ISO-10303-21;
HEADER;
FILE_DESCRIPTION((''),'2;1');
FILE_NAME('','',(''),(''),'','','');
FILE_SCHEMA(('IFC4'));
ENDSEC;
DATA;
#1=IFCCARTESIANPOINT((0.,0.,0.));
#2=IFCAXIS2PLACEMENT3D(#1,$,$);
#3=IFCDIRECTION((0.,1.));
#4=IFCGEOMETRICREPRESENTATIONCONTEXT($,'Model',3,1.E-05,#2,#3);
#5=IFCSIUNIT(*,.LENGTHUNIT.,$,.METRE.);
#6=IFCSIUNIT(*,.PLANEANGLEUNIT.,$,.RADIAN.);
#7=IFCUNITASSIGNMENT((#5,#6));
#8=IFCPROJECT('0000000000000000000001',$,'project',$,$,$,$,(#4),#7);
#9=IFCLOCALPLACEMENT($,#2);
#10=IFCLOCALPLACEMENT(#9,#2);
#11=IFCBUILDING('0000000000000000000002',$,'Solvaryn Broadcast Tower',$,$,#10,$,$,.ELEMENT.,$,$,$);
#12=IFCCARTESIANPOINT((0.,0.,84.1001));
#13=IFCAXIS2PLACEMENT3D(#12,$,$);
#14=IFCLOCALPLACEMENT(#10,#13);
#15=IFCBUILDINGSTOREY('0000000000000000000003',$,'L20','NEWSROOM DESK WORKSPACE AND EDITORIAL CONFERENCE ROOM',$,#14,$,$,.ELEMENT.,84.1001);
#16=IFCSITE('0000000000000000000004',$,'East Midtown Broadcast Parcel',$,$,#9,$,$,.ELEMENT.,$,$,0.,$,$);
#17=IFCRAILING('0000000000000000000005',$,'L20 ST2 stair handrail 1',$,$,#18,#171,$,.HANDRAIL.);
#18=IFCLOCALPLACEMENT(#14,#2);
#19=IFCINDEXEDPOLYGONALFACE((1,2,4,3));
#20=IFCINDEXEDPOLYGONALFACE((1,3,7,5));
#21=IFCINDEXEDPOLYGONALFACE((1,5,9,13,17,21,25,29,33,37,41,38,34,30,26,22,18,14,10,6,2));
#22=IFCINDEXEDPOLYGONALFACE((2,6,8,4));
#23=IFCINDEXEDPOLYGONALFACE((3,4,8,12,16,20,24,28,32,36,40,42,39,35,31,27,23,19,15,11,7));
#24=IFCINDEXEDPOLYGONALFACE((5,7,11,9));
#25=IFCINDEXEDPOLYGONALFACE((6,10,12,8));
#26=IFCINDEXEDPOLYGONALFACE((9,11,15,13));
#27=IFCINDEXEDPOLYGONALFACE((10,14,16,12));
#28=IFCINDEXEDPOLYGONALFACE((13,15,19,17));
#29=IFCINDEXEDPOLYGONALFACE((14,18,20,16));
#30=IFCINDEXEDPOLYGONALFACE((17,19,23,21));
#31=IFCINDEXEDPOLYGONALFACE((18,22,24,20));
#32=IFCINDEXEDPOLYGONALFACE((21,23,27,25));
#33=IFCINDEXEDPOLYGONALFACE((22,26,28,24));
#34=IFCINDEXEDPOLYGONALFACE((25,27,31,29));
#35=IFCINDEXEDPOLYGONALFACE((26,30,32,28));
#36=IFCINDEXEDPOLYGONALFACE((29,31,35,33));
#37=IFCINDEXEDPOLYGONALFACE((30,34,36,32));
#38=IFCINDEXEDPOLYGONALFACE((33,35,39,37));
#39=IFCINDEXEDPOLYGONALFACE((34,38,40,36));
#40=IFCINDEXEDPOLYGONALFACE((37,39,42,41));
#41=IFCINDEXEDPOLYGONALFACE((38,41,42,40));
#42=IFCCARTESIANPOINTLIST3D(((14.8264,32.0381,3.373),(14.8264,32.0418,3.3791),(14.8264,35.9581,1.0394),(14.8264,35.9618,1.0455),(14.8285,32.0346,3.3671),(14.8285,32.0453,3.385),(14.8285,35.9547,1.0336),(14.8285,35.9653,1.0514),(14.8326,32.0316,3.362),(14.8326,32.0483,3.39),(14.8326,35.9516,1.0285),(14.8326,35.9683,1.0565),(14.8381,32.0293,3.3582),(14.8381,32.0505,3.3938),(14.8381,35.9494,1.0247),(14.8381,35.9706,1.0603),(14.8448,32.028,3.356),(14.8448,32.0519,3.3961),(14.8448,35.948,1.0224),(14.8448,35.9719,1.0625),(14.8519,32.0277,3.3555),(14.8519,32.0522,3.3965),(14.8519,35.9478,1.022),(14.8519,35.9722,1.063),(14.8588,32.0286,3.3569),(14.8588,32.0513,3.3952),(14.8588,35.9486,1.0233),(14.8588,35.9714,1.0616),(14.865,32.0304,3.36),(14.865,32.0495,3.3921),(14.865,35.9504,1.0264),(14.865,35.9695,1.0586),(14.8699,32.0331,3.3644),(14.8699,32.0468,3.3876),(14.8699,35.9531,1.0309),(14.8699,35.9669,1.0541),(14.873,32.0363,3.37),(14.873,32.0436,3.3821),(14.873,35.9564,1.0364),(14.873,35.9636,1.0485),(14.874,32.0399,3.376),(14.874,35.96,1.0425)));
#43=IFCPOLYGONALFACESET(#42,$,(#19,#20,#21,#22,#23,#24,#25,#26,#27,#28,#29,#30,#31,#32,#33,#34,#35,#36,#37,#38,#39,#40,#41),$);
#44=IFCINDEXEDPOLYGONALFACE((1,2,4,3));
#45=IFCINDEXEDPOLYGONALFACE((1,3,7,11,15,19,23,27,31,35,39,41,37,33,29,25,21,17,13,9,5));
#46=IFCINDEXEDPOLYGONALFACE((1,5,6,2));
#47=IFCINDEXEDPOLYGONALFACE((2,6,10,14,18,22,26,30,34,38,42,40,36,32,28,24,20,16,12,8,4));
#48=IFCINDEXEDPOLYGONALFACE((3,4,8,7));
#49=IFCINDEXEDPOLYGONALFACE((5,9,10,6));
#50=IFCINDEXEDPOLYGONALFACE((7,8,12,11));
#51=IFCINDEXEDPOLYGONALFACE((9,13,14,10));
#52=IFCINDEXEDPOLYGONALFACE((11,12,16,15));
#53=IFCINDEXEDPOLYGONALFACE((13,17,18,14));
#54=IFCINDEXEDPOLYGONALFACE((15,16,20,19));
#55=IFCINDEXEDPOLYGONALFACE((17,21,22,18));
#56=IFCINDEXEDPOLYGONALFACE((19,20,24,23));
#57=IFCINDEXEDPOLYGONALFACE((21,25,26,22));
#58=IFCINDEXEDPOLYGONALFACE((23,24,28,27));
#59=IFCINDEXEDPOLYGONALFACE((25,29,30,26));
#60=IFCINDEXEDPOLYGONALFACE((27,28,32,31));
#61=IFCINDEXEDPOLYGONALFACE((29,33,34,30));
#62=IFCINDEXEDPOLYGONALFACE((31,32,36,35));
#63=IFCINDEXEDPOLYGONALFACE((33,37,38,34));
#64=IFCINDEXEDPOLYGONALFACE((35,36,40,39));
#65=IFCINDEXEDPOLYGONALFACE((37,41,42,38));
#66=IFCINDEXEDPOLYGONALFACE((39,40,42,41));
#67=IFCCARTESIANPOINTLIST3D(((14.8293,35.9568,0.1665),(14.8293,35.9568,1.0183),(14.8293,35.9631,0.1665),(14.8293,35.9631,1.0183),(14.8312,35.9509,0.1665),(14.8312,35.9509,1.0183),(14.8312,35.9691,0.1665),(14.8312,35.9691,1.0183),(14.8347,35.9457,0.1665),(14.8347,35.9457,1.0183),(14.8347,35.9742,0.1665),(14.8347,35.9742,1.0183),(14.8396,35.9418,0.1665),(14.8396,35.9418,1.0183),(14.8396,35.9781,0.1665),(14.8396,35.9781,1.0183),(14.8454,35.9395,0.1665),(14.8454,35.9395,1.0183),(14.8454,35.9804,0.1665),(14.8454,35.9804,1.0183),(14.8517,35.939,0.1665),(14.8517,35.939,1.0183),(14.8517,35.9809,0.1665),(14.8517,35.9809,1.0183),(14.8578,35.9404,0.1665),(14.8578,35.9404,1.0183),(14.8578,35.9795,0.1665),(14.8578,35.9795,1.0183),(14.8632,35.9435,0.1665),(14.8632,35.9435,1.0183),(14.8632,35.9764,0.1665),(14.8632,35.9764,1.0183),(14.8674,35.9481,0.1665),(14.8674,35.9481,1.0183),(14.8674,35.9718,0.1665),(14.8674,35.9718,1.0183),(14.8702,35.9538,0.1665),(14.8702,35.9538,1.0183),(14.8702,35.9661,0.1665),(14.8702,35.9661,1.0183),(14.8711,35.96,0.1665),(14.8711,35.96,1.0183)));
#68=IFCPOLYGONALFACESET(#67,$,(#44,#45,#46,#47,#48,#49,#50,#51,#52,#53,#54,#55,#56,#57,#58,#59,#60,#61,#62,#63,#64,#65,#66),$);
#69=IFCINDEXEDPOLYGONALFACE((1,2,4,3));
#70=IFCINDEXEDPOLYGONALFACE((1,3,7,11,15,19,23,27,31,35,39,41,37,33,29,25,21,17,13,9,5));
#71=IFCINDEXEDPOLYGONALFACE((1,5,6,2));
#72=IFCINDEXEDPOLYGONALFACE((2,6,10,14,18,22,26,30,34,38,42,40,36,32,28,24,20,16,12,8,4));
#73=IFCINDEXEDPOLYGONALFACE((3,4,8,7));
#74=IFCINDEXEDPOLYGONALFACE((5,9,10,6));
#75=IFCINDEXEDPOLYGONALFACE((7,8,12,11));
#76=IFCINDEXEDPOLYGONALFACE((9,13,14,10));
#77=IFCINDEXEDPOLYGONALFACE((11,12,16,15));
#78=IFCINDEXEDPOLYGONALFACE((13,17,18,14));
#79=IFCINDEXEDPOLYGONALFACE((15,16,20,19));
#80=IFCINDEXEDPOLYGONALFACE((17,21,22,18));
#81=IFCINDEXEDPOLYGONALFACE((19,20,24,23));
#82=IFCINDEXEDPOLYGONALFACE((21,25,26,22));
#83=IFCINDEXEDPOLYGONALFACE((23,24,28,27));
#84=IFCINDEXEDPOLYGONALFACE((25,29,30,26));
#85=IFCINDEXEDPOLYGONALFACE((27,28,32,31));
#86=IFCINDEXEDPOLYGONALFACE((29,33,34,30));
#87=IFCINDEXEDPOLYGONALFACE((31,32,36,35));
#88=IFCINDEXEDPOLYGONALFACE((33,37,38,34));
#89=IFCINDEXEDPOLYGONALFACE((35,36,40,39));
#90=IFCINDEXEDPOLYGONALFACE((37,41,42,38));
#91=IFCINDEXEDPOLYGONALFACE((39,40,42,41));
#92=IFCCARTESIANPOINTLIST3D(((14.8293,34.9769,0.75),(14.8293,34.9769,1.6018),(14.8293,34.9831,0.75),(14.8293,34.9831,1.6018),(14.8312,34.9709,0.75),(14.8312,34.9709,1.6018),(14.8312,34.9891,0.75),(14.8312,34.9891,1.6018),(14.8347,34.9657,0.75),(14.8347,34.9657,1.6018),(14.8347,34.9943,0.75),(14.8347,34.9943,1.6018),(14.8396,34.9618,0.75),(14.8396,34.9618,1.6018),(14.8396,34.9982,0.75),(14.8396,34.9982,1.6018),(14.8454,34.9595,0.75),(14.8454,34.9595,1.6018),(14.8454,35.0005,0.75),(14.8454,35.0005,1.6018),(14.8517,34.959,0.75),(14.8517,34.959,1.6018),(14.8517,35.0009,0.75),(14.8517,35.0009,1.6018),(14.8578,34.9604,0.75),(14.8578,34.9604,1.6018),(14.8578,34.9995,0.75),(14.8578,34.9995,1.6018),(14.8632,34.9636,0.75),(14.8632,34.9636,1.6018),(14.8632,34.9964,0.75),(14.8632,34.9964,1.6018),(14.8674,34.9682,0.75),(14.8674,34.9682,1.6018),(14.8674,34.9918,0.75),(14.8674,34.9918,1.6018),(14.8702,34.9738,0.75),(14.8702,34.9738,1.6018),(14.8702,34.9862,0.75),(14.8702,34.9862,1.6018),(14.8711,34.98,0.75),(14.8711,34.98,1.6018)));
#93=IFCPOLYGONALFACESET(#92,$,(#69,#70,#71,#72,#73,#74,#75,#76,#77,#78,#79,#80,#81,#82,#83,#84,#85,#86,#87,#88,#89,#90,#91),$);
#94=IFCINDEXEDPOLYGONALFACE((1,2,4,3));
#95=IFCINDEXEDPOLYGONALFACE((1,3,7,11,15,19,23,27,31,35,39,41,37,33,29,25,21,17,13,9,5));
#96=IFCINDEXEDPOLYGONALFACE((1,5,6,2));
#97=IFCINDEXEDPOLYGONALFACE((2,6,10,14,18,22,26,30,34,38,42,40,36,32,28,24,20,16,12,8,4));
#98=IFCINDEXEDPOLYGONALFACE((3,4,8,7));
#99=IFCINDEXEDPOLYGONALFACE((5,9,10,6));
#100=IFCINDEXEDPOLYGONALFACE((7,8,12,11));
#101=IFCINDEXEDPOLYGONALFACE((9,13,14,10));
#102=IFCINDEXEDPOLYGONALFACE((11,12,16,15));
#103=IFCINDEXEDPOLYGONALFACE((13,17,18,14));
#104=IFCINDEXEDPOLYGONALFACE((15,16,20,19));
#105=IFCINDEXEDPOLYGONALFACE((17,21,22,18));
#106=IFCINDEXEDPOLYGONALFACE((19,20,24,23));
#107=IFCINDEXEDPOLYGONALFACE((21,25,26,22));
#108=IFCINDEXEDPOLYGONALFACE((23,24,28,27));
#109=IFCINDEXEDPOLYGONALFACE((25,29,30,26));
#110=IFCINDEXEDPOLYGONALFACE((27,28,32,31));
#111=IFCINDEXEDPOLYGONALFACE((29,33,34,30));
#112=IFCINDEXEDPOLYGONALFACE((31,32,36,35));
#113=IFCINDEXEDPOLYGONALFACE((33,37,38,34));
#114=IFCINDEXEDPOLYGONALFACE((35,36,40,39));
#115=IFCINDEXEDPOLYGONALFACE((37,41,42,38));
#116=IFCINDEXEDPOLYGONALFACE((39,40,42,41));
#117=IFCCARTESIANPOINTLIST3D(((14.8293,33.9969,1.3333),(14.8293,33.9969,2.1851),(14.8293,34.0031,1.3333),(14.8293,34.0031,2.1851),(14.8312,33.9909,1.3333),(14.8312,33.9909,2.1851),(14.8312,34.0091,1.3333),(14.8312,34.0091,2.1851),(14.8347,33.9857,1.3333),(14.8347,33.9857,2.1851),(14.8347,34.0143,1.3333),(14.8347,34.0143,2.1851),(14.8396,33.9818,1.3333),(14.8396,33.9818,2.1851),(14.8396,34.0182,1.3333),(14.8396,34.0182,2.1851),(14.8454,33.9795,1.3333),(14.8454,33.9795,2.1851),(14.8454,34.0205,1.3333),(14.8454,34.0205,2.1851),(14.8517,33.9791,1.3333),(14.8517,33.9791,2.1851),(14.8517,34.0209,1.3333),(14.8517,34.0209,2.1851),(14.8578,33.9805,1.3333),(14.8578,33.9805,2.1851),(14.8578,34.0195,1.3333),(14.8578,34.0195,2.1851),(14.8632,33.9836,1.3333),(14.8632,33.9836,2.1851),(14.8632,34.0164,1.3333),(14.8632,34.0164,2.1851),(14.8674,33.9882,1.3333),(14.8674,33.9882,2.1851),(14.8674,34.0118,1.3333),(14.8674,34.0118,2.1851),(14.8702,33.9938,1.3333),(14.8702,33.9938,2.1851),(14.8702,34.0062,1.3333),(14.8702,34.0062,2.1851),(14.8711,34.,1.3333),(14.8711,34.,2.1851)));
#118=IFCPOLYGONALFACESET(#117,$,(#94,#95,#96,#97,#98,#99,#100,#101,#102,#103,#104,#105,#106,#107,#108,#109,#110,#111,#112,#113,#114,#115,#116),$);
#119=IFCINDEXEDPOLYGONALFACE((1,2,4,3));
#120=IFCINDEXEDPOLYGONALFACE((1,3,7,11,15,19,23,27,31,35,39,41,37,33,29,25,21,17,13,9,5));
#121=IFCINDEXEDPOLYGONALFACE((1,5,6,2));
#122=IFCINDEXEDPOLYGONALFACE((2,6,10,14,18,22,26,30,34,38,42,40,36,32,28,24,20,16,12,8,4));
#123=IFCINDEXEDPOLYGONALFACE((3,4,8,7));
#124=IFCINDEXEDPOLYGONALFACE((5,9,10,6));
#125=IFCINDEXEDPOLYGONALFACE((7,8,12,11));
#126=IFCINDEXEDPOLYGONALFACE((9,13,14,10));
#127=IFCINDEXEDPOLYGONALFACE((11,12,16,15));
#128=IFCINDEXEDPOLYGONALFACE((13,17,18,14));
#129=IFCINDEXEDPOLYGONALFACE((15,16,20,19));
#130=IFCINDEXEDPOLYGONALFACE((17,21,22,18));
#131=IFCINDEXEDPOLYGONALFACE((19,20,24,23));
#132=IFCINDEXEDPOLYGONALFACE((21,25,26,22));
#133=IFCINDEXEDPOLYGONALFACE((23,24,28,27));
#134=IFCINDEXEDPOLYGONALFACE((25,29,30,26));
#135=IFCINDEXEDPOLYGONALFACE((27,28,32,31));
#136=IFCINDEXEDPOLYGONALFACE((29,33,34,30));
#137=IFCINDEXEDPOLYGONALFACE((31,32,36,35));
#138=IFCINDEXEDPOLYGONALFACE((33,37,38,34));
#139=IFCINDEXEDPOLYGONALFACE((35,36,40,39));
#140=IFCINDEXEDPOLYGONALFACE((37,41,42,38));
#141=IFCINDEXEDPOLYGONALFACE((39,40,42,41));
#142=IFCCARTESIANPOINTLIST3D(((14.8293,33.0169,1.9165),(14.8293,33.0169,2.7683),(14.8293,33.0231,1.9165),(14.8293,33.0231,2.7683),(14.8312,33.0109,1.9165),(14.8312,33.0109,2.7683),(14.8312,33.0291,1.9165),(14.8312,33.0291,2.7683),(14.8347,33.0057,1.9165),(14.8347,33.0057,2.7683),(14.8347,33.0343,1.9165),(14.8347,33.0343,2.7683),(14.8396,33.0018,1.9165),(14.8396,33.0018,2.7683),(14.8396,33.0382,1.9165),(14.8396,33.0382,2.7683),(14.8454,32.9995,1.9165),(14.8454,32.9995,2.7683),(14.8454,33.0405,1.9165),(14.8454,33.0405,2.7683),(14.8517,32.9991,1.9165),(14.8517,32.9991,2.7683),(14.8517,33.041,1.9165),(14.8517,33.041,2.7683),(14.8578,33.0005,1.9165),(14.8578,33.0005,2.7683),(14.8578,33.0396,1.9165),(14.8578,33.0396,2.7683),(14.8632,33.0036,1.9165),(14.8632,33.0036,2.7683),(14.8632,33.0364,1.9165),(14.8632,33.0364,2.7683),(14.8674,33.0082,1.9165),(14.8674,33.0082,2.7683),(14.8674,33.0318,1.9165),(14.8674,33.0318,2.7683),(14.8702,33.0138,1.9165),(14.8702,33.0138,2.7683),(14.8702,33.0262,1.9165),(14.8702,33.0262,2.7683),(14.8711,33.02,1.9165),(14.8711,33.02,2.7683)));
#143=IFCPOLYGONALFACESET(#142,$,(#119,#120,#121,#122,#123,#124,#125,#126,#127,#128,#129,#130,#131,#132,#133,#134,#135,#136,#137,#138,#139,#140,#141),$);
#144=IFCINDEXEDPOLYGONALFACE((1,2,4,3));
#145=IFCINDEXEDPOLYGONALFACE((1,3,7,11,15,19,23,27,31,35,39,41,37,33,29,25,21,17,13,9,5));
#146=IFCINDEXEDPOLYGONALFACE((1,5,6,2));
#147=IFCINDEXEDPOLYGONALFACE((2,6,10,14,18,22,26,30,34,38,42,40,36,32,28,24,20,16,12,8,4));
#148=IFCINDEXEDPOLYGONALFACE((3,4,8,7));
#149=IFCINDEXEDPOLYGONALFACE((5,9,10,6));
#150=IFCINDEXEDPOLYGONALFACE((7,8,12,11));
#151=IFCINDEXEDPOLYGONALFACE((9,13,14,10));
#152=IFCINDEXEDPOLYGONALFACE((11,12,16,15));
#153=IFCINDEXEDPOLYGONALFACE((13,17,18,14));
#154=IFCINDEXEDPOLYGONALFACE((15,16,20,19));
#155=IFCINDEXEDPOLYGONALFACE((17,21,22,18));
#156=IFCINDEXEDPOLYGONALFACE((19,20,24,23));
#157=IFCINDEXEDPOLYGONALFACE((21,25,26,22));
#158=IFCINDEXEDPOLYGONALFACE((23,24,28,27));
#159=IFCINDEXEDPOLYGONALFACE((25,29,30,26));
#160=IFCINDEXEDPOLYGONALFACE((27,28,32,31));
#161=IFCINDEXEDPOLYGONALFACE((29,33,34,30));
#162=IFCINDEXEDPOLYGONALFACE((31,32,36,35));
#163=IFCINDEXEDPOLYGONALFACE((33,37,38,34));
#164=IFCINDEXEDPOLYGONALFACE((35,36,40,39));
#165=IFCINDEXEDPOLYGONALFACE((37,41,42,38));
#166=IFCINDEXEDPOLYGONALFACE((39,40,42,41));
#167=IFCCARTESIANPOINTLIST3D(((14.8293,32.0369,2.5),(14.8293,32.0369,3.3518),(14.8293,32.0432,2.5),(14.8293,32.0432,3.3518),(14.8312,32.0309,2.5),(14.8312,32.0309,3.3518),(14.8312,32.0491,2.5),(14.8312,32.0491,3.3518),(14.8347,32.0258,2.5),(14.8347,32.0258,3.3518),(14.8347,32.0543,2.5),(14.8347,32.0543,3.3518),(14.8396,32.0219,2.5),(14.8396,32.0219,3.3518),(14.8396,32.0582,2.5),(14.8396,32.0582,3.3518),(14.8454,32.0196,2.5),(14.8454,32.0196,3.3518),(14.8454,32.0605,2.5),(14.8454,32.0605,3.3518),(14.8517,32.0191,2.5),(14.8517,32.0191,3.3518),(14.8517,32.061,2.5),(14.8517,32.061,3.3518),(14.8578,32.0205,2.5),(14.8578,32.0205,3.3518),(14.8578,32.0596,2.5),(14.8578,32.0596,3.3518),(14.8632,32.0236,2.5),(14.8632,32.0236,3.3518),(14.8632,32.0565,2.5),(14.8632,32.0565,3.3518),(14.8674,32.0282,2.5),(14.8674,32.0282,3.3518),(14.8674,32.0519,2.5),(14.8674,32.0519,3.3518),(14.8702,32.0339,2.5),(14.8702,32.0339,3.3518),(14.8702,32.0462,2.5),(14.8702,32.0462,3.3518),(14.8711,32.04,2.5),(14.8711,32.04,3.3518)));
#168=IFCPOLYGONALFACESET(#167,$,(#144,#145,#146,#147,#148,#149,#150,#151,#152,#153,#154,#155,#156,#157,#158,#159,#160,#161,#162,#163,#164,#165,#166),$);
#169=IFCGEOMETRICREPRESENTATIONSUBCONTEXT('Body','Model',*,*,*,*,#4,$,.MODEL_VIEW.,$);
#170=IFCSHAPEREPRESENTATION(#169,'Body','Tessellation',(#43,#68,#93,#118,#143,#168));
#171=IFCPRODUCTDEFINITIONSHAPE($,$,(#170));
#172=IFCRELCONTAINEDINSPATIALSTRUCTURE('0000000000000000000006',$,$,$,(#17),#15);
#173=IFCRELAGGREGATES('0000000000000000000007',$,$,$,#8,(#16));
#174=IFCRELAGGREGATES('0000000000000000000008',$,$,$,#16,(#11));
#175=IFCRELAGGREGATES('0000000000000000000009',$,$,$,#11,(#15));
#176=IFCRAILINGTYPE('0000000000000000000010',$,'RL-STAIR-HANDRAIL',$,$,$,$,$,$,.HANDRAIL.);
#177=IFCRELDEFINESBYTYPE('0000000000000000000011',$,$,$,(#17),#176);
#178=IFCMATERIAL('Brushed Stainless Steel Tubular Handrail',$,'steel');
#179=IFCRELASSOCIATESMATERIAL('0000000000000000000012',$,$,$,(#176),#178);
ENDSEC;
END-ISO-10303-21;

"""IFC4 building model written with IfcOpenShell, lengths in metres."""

from ifc_helpers import new_model, si_unit, direction, frame, origin, origin_2d, place, context, subcontext, project, spatial, circle, extrude, material, type_object, element, save


model = new_model("IFC4")

# Units and contexts
model_context = context("Model", 3, precision=1e-05, world=origin(), true_north=direction((0.0, 1.0)))
body_context = subcontext(model_context, "Body", "Model", "MODEL_VIEW")
ifc_project = project(units=[si_unit("LENGTHUNIT", "METRE"), si_unit("PLANEANGLEUNIT", "RADIAN")], contexts=[model_context])

# Site, building, storey
site_placement = place(None, origin())
site = spatial("IfcSite", under=ifc_project, at=site_placement, Name="East Midtown Broadcast Parcel", CompositionType="ELEMENT", RefElevation=0.0)
building_placement = place(site_placement, origin())
building = spatial("IfcBuilding", under=site, at=building_placement, Name="Solvaryn Broadcast Tower", CompositionType="ELEMENT")
storey_placement = place(building_placement, frame((0.0, 0.0, 84.1001)))
storey = spatial("IfcBuildingStorey", under=building, at=storey_placement, Name="L20", Description="NEWSROOM DESK WORKSPACE AND EDITORIAL CONFERENCE ROOM", CompositionType="ELEMENT", Elevation=84.1001)

# Railing
ifc_material_1 = material(Name="Brushed Stainless Steel Tubular Handrail", Category="steel")
railing_type_1 = type_object("IfcRailingType", Name="RL-STAIR-HANDRAIL", PredefinedType="HANDRAIL", material=ifc_material_1)
railing_1_placement = place(storey_placement, frame((14.8501, 35.96, 0.1665)))
element("IfcRailing", 1, at=railing_1_placement, inside=storey, type_object=railing_type_1, Name="L20 ST2 stair handrail 1", PredefinedType="HANDRAIL", context=body_context, shape_type="SweptSolid", body=[
    extrude(circle(Radius=0.0239, at=origin_2d()), frame((0.0, 0.0, 0.876), z_axis=(0.0, -0.859273, 0.511518), x_axis=(1.0, 0.0, 0.0)), (0.0, 0.0, 1.0), 4.562),
    extrude(circle(Radius=0.021, at=origin_2d()), origin(), (0.0, 0.0, 1.0), 0.8518),
    extrude(circle(Radius=0.021, at=origin_2d()), frame((0.0, -0.98, 0.5835)), (0.0, 0.0, 1.0), 0.8518),
    extrude(circle(Radius=0.021, at=origin_2d()), frame((0.0, -1.96, 1.1667)), (0.0, 0.0, 1.0), 0.8518),
    extrude(circle(Radius=0.021, at=origin_2d()), frame((0.0, -2.9399, 1.75)), (0.0, 0.0, 1.0), 0.8518),
    extrude(circle(Radius=0.021, at=origin_2d()), frame((0.0, -3.9199, 2.3335)), (0.0, 0.0, 1.0), 0.8518),
])

save(model, "model.ifc")
